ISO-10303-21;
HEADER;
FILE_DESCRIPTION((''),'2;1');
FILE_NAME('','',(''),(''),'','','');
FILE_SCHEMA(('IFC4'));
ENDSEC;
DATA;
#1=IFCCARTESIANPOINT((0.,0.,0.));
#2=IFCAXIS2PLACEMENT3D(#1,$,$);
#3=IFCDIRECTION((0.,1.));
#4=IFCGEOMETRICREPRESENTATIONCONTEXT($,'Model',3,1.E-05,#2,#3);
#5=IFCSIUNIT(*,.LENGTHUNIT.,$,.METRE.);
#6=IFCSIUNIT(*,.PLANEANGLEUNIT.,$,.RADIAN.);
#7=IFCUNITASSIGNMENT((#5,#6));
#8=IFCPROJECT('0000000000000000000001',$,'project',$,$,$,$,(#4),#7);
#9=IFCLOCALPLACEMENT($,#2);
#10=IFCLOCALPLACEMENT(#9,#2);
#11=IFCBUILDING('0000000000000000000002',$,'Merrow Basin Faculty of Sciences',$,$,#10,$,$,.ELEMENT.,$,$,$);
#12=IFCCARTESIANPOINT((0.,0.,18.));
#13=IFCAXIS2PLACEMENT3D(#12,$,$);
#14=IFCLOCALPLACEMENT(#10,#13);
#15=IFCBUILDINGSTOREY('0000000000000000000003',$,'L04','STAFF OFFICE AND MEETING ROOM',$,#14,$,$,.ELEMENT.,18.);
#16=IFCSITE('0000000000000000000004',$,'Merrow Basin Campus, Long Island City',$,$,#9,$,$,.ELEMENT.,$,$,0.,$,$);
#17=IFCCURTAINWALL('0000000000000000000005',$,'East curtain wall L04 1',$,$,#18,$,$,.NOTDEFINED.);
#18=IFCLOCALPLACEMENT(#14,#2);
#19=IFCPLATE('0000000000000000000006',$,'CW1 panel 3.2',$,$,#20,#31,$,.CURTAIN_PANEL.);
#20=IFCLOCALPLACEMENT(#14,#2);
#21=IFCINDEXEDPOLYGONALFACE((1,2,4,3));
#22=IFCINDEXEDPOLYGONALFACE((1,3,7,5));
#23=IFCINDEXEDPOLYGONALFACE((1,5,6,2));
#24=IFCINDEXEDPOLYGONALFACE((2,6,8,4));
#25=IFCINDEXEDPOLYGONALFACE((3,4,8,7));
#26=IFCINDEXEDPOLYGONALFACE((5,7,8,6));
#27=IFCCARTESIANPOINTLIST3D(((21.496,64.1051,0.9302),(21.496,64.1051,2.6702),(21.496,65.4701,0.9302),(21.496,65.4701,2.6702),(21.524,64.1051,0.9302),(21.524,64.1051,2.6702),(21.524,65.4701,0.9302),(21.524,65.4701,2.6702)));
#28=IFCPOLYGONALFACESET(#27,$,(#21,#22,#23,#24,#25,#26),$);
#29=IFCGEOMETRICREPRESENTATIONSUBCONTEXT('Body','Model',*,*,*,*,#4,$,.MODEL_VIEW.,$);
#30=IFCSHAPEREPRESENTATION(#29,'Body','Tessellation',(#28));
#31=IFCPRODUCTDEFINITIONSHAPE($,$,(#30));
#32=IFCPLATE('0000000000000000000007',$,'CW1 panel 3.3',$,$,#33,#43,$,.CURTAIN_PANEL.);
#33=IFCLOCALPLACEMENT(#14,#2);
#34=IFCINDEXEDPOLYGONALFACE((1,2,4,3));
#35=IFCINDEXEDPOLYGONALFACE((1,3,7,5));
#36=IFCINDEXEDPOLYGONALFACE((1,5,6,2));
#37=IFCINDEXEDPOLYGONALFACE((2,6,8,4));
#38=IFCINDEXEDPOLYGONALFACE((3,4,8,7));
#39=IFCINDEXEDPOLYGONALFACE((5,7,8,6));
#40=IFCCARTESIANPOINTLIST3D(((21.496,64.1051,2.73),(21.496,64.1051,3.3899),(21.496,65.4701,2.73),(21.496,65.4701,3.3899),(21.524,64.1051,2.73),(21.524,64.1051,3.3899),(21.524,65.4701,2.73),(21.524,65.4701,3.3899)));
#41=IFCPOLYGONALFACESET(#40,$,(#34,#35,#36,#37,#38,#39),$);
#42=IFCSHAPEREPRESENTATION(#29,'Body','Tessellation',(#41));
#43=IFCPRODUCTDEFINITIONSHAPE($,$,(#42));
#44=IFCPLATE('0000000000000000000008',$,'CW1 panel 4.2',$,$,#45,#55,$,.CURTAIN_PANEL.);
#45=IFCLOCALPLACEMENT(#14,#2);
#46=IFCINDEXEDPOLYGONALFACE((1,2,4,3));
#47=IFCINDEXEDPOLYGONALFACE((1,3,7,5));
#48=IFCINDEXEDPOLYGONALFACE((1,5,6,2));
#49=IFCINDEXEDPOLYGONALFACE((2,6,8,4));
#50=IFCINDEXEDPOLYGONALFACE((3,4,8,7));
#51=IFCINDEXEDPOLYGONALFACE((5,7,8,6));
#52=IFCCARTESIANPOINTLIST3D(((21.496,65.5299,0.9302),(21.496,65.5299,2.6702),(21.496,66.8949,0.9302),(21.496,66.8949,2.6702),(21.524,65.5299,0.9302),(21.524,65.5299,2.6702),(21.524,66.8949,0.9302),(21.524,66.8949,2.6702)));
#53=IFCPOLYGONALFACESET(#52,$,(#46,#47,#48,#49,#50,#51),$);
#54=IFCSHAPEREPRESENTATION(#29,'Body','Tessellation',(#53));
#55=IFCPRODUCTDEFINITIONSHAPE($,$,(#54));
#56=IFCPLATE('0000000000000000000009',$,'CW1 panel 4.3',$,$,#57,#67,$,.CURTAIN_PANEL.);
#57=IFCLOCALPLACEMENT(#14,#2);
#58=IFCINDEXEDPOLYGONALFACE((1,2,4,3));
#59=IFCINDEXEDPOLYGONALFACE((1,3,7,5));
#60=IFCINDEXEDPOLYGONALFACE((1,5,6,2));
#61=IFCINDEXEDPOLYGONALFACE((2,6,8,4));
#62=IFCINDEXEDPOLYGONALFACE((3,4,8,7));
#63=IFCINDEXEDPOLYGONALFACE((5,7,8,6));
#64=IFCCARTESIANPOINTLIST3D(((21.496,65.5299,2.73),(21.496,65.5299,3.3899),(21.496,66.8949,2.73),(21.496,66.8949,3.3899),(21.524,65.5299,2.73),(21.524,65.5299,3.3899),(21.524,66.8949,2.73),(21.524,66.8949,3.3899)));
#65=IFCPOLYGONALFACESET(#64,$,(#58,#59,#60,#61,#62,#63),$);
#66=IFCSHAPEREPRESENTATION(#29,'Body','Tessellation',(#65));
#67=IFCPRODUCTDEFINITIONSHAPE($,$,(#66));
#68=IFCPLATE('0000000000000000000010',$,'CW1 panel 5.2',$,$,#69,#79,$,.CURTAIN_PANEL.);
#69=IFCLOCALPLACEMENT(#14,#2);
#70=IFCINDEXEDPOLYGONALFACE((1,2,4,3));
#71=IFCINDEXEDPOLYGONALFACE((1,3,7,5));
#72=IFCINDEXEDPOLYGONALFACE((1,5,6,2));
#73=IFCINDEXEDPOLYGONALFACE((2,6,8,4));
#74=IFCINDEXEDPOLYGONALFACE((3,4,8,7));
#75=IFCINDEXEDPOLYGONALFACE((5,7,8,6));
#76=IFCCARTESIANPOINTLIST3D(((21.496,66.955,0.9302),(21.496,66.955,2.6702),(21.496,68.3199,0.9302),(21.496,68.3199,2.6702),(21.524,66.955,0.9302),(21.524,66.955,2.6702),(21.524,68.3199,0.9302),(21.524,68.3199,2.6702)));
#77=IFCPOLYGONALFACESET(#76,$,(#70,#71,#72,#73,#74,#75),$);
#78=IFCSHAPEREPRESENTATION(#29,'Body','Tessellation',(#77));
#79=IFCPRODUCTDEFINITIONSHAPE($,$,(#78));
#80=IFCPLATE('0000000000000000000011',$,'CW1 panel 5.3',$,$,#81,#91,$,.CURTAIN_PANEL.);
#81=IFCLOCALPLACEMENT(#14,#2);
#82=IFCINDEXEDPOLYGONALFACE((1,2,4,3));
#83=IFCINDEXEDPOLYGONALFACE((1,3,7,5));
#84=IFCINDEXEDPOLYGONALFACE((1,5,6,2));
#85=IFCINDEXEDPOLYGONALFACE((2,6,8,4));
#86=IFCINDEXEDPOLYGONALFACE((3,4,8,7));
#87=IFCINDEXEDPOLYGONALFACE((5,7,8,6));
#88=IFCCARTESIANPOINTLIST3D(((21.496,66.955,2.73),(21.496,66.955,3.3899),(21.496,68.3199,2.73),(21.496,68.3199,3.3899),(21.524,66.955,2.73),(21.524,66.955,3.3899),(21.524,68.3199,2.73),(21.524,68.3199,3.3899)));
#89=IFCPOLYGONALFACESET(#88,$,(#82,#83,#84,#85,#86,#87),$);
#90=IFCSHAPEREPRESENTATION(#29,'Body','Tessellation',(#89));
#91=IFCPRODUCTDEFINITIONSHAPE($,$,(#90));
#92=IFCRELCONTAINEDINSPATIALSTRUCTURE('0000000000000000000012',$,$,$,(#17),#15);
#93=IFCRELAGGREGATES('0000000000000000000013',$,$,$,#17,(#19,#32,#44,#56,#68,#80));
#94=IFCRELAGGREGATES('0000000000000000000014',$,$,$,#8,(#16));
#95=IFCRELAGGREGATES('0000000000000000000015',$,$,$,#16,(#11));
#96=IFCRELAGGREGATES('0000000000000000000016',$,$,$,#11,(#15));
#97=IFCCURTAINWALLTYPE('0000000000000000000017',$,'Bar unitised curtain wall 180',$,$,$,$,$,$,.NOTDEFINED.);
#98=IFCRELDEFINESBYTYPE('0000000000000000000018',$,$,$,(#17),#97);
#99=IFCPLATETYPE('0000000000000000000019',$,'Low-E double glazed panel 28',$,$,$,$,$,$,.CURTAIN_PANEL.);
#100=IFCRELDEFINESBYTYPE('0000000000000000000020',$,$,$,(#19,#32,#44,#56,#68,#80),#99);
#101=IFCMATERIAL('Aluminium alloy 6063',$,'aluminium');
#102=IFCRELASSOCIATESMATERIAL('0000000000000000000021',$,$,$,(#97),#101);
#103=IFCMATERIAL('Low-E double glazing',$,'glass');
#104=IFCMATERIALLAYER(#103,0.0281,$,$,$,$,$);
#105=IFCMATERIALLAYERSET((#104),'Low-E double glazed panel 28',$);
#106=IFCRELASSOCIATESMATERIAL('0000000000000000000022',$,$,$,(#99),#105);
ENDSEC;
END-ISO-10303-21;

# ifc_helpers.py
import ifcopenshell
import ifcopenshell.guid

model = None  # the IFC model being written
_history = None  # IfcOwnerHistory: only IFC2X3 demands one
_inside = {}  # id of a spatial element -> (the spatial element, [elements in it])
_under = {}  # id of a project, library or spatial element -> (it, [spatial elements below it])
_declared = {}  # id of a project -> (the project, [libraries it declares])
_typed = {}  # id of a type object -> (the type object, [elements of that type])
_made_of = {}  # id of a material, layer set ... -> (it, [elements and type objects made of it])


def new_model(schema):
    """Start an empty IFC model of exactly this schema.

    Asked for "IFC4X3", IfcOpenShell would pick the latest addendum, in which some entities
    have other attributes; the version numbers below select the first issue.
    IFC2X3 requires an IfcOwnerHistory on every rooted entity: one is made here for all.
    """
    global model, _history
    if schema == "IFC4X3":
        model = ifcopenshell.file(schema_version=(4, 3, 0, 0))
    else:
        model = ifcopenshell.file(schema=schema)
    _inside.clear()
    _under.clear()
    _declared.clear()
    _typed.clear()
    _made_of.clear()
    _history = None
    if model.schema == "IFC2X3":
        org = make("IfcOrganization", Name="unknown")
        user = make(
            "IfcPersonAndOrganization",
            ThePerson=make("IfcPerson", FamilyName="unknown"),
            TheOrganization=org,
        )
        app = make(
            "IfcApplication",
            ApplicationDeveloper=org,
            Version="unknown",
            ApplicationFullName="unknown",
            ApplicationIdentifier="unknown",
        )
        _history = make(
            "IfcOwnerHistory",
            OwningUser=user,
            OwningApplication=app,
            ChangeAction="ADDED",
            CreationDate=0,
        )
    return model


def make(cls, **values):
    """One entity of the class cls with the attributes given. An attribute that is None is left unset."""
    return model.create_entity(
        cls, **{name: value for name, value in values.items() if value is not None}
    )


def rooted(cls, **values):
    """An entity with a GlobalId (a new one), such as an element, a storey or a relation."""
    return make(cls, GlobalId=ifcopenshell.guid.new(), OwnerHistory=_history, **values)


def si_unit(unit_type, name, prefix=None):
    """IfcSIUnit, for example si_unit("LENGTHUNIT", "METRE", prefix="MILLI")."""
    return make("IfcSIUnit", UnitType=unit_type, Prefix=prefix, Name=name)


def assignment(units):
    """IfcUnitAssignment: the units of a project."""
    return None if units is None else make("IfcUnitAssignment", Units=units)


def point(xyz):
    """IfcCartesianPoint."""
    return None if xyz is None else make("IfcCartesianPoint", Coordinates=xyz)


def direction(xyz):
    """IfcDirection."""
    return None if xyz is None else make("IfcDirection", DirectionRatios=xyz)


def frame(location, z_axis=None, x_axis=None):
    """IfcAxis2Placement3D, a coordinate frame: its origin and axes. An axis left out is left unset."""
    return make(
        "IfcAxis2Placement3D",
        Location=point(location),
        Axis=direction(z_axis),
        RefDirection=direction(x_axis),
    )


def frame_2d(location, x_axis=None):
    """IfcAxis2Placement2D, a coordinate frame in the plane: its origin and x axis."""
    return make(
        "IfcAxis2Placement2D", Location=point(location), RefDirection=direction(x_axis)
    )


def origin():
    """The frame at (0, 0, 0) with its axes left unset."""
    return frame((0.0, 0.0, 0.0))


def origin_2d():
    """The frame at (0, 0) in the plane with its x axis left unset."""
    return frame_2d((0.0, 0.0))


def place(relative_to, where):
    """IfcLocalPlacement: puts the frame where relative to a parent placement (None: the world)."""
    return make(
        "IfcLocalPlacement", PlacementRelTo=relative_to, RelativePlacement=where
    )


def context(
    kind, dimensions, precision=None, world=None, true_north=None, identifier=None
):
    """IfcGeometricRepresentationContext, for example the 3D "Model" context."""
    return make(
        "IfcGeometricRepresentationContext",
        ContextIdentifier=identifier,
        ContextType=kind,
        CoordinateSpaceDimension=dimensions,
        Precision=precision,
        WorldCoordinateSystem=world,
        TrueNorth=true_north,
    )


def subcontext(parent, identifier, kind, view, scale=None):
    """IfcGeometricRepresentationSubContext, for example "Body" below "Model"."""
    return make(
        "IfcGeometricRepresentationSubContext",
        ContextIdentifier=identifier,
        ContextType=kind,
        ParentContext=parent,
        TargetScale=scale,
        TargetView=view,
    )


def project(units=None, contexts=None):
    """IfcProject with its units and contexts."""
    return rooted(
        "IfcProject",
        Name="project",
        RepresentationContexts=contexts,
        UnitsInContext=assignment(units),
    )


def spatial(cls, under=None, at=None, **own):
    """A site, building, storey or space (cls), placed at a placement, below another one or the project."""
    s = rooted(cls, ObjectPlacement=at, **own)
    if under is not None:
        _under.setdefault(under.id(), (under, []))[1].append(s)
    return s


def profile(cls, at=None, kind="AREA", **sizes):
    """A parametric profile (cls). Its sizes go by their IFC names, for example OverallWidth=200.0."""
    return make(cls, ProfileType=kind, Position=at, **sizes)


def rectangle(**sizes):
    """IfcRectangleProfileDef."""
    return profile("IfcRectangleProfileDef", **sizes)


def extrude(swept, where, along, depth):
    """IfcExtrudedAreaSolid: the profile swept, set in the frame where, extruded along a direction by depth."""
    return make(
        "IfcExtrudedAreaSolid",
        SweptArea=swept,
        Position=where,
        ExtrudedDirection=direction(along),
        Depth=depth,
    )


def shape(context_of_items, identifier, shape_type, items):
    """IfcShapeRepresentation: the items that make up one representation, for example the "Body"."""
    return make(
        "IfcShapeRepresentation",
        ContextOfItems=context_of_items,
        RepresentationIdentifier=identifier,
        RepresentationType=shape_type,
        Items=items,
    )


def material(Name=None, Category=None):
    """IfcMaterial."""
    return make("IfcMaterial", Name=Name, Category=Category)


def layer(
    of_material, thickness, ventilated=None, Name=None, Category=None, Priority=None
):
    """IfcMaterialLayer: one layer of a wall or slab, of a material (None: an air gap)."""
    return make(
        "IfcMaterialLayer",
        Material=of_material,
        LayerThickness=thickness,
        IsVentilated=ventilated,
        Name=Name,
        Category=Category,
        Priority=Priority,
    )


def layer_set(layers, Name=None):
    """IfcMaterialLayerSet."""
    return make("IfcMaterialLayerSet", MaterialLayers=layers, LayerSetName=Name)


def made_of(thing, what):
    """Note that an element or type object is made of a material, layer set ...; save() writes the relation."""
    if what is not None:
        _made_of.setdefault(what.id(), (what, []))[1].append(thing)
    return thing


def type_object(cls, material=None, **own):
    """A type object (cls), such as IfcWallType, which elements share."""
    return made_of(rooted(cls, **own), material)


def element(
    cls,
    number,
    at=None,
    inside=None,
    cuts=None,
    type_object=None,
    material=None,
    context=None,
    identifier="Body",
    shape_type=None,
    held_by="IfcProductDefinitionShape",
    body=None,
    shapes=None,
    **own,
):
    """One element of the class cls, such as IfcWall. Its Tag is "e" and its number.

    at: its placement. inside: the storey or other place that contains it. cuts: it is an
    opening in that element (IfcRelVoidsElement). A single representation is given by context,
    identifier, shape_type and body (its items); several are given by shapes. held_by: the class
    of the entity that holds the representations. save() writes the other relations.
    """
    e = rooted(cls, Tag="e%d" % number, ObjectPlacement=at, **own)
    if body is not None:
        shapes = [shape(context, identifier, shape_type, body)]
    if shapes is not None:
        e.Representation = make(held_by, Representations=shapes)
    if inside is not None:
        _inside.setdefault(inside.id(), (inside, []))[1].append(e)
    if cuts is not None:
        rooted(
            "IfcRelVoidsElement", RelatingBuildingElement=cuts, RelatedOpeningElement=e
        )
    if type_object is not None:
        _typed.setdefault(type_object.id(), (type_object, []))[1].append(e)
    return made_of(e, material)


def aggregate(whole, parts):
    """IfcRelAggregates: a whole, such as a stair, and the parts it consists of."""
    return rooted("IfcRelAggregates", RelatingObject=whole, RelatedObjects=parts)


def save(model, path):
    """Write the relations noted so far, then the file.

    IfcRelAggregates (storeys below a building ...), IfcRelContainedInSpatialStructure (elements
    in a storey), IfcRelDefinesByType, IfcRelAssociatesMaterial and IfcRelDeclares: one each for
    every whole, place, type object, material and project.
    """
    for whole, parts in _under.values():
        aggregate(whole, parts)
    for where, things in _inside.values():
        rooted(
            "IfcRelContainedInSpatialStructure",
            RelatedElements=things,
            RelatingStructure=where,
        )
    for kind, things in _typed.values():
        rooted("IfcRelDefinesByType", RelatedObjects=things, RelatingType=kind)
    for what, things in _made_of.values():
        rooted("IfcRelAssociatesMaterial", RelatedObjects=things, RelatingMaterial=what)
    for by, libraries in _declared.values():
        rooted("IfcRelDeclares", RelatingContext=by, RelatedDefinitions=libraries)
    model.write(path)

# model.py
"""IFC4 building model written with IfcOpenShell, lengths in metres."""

from ifc_helpers import new_model, si_unit, direction, frame, origin, origin_2d, place, context, subcontext, project, spatial, rectangle, extrude, material, layer, layer_set, type_object, element, aggregate, save


model = new_model("IFC4")

# Units and contexts
model_context = context("Model", 3, precision=1e-05, world=origin(), true_north=direction((0.0, 1.0)))
body_context = subcontext(model_context, "Body", "Model", "MODEL_VIEW")
ifc_project = project(units=[si_unit("LENGTHUNIT", "METRE"), si_unit("PLANEANGLEUNIT", "RADIAN")], contexts=[model_context])

# Site, building, storey
site_placement = place(None, origin())
site = spatial("IfcSite", under=ifc_project, at=site_placement, Name="Merrow Basin Campus, Long Island City", CompositionType="ELEMENT", RefElevation=0.0)
building_placement = place(site_placement, origin())
building = spatial("IfcBuilding", under=site, at=building_placement, Name="Merrow Basin Faculty of Sciences", CompositionType="ELEMENT")
storey_placement = place(building_placement, frame((0.0, 0.0, 18.0)))
storey = spatial("IfcBuildingStorey", under=building, at=storey_placement, Name="L04", Description="STAFF OFFICE AND MEETING ROOM", CompositionType="ELEMENT", Elevation=18.0)

# Curtain wall, plates
ifc_material_1 = material(Name="Aluminium alloy 6063", Category="aluminium")
curtain_wall_type = type_object("IfcCurtainWallType", Name="Bar unitised curtain wall 180", PredefinedType="NOTDEFINED", material=ifc_material_1)
curtain_wall_placement = place(storey_placement, origin())
curtain_wall = element("IfcCurtainWall", 1, at=curtain_wall_placement, inside=storey, type_object=curtain_wall_type, Name="East curtain wall L04 1", PredefinedType="NOTDEFINED")
ifc_material_2 = material(Name="Low-E double glazing", Category="glass")
ifc_layer_1 = layer(ifc_material_2, 0.0281)
ifc_layer_set_1 = layer_set([ifc_layer_1], Name="Low-E double glazed panel 28")
plate_type_1 = type_object("IfcPlateType", Name="Low-E double glazed panel 28", PredefinedType="CURTAIN_PANEL", material=ifc_layer_set_1)
plate_1_placement = place(storey_placement, frame((21.51, 64.7876, 0.9302), z_axis=(0.0, 0.0, 1.0), x_axis=(0.0, 1.0, 0.0)))
plate_1 = element("IfcPlate", 2, at=plate_1_placement, type_object=plate_type_1, Name="CW1 panel 3.2", PredefinedType="CURTAIN_PANEL", context=body_context, shape_type="SweptSolid", body=[
    extrude(rectangle(XDim=1.365, YDim=0.0281, at=origin_2d()), origin(), (0.0, 0.0, 1.0), 1.74),
])
plate_2_placement = place(storey_placement, frame((21.51, 64.7876, 2.73), z_axis=(0.0, 0.0, 1.0), x_axis=(0.0, 1.0, 0.0)))
plate_2 = element("IfcPlate", 3, at=plate_2_placement, type_object=plate_type_1, Name="CW1 panel 3.3", PredefinedType="CURTAIN_PANEL", context=body_context, shape_type="SweptSolid", body=[
    extrude(rectangle(XDim=1.365, YDim=0.0281, at=origin_2d()), origin(), (0.0, 0.0, 1.0), 0.6599),
])
plate_3_placement = place(storey_placement, frame((21.51, 66.2124, 0.9302), z_axis=(0.0, 0.0, 1.0), x_axis=(0.0, 1.0, 0.0)))
plate_3 = element("IfcPlate", 4, at=plate_3_placement, type_object=plate_type_1, Name="CW1 panel 4.2", PredefinedType="CURTAIN_PANEL", context=body_context, shape_type="SweptSolid", body=[
    extrude(rectangle(XDim=1.365, YDim=0.0281, at=origin_2d()), origin(), (0.0, 0.0, 1.0), 1.74),
])
plate_4_placement = place(storey_placement, frame((21.51, 66.2124, 2.73), z_axis=(0.0, 0.0, 1.0), x_axis=(0.0, 1.0, 0.0)))
plate_4 = element("IfcPlate", 5, at=plate_4_placement, type_object=plate_type_1, Name="CW1 panel 4.3", PredefinedType="CURTAIN_PANEL", context=body_context, shape_type="SweptSolid", body=[
    extrude(rectangle(XDim=1.365, YDim=0.0281, at=origin_2d()), origin(), (0.0, 0.0, 1.0), 0.6599),
])
plate_5_placement = place(storey_placement, frame((21.51, 67.6375, 0.9302), z_axis=(0.0, 0.0, 1.0), x_axis=(0.0, 1.0, 0.0)))
plate_5 = element("IfcPlate", 6, at=plate_5_placement, type_object=plate_type_1, Name="CW1 panel 5.2", PredefinedType="CURTAIN_PANEL", context=body_context, shape_type="SweptSolid", body=[
    extrude(rectangle(XDim=1.365, YDim=0.0281, at=origin_2d()), origin(), (0.0, 0.0, 1.0), 1.74),
])
plate_6_placement = place(storey_placement, frame((21.51, 67.6375, 2.73), z_axis=(0.0, 0.0, 1.0), x_axis=(0.0, 1.0, 0.0)))
plate_6 = element("IfcPlate", 7, at=plate_6_placement, type_object=plate_type_1, Name="CW1 panel 5.3", PredefinedType="CURTAIN_PANEL", context=body_context, shape_type="SweptSolid", body=[
    extrude(rectangle(XDim=1.365, YDim=0.0281, at=origin_2d()), origin(), (0.0, 0.0, 1.0), 0.6599),
])
aggregate(curtain_wall, [plate_1, plate_2, plate_3, plate_4, plate_5, plate_6])

save(model, "model.ifc")
